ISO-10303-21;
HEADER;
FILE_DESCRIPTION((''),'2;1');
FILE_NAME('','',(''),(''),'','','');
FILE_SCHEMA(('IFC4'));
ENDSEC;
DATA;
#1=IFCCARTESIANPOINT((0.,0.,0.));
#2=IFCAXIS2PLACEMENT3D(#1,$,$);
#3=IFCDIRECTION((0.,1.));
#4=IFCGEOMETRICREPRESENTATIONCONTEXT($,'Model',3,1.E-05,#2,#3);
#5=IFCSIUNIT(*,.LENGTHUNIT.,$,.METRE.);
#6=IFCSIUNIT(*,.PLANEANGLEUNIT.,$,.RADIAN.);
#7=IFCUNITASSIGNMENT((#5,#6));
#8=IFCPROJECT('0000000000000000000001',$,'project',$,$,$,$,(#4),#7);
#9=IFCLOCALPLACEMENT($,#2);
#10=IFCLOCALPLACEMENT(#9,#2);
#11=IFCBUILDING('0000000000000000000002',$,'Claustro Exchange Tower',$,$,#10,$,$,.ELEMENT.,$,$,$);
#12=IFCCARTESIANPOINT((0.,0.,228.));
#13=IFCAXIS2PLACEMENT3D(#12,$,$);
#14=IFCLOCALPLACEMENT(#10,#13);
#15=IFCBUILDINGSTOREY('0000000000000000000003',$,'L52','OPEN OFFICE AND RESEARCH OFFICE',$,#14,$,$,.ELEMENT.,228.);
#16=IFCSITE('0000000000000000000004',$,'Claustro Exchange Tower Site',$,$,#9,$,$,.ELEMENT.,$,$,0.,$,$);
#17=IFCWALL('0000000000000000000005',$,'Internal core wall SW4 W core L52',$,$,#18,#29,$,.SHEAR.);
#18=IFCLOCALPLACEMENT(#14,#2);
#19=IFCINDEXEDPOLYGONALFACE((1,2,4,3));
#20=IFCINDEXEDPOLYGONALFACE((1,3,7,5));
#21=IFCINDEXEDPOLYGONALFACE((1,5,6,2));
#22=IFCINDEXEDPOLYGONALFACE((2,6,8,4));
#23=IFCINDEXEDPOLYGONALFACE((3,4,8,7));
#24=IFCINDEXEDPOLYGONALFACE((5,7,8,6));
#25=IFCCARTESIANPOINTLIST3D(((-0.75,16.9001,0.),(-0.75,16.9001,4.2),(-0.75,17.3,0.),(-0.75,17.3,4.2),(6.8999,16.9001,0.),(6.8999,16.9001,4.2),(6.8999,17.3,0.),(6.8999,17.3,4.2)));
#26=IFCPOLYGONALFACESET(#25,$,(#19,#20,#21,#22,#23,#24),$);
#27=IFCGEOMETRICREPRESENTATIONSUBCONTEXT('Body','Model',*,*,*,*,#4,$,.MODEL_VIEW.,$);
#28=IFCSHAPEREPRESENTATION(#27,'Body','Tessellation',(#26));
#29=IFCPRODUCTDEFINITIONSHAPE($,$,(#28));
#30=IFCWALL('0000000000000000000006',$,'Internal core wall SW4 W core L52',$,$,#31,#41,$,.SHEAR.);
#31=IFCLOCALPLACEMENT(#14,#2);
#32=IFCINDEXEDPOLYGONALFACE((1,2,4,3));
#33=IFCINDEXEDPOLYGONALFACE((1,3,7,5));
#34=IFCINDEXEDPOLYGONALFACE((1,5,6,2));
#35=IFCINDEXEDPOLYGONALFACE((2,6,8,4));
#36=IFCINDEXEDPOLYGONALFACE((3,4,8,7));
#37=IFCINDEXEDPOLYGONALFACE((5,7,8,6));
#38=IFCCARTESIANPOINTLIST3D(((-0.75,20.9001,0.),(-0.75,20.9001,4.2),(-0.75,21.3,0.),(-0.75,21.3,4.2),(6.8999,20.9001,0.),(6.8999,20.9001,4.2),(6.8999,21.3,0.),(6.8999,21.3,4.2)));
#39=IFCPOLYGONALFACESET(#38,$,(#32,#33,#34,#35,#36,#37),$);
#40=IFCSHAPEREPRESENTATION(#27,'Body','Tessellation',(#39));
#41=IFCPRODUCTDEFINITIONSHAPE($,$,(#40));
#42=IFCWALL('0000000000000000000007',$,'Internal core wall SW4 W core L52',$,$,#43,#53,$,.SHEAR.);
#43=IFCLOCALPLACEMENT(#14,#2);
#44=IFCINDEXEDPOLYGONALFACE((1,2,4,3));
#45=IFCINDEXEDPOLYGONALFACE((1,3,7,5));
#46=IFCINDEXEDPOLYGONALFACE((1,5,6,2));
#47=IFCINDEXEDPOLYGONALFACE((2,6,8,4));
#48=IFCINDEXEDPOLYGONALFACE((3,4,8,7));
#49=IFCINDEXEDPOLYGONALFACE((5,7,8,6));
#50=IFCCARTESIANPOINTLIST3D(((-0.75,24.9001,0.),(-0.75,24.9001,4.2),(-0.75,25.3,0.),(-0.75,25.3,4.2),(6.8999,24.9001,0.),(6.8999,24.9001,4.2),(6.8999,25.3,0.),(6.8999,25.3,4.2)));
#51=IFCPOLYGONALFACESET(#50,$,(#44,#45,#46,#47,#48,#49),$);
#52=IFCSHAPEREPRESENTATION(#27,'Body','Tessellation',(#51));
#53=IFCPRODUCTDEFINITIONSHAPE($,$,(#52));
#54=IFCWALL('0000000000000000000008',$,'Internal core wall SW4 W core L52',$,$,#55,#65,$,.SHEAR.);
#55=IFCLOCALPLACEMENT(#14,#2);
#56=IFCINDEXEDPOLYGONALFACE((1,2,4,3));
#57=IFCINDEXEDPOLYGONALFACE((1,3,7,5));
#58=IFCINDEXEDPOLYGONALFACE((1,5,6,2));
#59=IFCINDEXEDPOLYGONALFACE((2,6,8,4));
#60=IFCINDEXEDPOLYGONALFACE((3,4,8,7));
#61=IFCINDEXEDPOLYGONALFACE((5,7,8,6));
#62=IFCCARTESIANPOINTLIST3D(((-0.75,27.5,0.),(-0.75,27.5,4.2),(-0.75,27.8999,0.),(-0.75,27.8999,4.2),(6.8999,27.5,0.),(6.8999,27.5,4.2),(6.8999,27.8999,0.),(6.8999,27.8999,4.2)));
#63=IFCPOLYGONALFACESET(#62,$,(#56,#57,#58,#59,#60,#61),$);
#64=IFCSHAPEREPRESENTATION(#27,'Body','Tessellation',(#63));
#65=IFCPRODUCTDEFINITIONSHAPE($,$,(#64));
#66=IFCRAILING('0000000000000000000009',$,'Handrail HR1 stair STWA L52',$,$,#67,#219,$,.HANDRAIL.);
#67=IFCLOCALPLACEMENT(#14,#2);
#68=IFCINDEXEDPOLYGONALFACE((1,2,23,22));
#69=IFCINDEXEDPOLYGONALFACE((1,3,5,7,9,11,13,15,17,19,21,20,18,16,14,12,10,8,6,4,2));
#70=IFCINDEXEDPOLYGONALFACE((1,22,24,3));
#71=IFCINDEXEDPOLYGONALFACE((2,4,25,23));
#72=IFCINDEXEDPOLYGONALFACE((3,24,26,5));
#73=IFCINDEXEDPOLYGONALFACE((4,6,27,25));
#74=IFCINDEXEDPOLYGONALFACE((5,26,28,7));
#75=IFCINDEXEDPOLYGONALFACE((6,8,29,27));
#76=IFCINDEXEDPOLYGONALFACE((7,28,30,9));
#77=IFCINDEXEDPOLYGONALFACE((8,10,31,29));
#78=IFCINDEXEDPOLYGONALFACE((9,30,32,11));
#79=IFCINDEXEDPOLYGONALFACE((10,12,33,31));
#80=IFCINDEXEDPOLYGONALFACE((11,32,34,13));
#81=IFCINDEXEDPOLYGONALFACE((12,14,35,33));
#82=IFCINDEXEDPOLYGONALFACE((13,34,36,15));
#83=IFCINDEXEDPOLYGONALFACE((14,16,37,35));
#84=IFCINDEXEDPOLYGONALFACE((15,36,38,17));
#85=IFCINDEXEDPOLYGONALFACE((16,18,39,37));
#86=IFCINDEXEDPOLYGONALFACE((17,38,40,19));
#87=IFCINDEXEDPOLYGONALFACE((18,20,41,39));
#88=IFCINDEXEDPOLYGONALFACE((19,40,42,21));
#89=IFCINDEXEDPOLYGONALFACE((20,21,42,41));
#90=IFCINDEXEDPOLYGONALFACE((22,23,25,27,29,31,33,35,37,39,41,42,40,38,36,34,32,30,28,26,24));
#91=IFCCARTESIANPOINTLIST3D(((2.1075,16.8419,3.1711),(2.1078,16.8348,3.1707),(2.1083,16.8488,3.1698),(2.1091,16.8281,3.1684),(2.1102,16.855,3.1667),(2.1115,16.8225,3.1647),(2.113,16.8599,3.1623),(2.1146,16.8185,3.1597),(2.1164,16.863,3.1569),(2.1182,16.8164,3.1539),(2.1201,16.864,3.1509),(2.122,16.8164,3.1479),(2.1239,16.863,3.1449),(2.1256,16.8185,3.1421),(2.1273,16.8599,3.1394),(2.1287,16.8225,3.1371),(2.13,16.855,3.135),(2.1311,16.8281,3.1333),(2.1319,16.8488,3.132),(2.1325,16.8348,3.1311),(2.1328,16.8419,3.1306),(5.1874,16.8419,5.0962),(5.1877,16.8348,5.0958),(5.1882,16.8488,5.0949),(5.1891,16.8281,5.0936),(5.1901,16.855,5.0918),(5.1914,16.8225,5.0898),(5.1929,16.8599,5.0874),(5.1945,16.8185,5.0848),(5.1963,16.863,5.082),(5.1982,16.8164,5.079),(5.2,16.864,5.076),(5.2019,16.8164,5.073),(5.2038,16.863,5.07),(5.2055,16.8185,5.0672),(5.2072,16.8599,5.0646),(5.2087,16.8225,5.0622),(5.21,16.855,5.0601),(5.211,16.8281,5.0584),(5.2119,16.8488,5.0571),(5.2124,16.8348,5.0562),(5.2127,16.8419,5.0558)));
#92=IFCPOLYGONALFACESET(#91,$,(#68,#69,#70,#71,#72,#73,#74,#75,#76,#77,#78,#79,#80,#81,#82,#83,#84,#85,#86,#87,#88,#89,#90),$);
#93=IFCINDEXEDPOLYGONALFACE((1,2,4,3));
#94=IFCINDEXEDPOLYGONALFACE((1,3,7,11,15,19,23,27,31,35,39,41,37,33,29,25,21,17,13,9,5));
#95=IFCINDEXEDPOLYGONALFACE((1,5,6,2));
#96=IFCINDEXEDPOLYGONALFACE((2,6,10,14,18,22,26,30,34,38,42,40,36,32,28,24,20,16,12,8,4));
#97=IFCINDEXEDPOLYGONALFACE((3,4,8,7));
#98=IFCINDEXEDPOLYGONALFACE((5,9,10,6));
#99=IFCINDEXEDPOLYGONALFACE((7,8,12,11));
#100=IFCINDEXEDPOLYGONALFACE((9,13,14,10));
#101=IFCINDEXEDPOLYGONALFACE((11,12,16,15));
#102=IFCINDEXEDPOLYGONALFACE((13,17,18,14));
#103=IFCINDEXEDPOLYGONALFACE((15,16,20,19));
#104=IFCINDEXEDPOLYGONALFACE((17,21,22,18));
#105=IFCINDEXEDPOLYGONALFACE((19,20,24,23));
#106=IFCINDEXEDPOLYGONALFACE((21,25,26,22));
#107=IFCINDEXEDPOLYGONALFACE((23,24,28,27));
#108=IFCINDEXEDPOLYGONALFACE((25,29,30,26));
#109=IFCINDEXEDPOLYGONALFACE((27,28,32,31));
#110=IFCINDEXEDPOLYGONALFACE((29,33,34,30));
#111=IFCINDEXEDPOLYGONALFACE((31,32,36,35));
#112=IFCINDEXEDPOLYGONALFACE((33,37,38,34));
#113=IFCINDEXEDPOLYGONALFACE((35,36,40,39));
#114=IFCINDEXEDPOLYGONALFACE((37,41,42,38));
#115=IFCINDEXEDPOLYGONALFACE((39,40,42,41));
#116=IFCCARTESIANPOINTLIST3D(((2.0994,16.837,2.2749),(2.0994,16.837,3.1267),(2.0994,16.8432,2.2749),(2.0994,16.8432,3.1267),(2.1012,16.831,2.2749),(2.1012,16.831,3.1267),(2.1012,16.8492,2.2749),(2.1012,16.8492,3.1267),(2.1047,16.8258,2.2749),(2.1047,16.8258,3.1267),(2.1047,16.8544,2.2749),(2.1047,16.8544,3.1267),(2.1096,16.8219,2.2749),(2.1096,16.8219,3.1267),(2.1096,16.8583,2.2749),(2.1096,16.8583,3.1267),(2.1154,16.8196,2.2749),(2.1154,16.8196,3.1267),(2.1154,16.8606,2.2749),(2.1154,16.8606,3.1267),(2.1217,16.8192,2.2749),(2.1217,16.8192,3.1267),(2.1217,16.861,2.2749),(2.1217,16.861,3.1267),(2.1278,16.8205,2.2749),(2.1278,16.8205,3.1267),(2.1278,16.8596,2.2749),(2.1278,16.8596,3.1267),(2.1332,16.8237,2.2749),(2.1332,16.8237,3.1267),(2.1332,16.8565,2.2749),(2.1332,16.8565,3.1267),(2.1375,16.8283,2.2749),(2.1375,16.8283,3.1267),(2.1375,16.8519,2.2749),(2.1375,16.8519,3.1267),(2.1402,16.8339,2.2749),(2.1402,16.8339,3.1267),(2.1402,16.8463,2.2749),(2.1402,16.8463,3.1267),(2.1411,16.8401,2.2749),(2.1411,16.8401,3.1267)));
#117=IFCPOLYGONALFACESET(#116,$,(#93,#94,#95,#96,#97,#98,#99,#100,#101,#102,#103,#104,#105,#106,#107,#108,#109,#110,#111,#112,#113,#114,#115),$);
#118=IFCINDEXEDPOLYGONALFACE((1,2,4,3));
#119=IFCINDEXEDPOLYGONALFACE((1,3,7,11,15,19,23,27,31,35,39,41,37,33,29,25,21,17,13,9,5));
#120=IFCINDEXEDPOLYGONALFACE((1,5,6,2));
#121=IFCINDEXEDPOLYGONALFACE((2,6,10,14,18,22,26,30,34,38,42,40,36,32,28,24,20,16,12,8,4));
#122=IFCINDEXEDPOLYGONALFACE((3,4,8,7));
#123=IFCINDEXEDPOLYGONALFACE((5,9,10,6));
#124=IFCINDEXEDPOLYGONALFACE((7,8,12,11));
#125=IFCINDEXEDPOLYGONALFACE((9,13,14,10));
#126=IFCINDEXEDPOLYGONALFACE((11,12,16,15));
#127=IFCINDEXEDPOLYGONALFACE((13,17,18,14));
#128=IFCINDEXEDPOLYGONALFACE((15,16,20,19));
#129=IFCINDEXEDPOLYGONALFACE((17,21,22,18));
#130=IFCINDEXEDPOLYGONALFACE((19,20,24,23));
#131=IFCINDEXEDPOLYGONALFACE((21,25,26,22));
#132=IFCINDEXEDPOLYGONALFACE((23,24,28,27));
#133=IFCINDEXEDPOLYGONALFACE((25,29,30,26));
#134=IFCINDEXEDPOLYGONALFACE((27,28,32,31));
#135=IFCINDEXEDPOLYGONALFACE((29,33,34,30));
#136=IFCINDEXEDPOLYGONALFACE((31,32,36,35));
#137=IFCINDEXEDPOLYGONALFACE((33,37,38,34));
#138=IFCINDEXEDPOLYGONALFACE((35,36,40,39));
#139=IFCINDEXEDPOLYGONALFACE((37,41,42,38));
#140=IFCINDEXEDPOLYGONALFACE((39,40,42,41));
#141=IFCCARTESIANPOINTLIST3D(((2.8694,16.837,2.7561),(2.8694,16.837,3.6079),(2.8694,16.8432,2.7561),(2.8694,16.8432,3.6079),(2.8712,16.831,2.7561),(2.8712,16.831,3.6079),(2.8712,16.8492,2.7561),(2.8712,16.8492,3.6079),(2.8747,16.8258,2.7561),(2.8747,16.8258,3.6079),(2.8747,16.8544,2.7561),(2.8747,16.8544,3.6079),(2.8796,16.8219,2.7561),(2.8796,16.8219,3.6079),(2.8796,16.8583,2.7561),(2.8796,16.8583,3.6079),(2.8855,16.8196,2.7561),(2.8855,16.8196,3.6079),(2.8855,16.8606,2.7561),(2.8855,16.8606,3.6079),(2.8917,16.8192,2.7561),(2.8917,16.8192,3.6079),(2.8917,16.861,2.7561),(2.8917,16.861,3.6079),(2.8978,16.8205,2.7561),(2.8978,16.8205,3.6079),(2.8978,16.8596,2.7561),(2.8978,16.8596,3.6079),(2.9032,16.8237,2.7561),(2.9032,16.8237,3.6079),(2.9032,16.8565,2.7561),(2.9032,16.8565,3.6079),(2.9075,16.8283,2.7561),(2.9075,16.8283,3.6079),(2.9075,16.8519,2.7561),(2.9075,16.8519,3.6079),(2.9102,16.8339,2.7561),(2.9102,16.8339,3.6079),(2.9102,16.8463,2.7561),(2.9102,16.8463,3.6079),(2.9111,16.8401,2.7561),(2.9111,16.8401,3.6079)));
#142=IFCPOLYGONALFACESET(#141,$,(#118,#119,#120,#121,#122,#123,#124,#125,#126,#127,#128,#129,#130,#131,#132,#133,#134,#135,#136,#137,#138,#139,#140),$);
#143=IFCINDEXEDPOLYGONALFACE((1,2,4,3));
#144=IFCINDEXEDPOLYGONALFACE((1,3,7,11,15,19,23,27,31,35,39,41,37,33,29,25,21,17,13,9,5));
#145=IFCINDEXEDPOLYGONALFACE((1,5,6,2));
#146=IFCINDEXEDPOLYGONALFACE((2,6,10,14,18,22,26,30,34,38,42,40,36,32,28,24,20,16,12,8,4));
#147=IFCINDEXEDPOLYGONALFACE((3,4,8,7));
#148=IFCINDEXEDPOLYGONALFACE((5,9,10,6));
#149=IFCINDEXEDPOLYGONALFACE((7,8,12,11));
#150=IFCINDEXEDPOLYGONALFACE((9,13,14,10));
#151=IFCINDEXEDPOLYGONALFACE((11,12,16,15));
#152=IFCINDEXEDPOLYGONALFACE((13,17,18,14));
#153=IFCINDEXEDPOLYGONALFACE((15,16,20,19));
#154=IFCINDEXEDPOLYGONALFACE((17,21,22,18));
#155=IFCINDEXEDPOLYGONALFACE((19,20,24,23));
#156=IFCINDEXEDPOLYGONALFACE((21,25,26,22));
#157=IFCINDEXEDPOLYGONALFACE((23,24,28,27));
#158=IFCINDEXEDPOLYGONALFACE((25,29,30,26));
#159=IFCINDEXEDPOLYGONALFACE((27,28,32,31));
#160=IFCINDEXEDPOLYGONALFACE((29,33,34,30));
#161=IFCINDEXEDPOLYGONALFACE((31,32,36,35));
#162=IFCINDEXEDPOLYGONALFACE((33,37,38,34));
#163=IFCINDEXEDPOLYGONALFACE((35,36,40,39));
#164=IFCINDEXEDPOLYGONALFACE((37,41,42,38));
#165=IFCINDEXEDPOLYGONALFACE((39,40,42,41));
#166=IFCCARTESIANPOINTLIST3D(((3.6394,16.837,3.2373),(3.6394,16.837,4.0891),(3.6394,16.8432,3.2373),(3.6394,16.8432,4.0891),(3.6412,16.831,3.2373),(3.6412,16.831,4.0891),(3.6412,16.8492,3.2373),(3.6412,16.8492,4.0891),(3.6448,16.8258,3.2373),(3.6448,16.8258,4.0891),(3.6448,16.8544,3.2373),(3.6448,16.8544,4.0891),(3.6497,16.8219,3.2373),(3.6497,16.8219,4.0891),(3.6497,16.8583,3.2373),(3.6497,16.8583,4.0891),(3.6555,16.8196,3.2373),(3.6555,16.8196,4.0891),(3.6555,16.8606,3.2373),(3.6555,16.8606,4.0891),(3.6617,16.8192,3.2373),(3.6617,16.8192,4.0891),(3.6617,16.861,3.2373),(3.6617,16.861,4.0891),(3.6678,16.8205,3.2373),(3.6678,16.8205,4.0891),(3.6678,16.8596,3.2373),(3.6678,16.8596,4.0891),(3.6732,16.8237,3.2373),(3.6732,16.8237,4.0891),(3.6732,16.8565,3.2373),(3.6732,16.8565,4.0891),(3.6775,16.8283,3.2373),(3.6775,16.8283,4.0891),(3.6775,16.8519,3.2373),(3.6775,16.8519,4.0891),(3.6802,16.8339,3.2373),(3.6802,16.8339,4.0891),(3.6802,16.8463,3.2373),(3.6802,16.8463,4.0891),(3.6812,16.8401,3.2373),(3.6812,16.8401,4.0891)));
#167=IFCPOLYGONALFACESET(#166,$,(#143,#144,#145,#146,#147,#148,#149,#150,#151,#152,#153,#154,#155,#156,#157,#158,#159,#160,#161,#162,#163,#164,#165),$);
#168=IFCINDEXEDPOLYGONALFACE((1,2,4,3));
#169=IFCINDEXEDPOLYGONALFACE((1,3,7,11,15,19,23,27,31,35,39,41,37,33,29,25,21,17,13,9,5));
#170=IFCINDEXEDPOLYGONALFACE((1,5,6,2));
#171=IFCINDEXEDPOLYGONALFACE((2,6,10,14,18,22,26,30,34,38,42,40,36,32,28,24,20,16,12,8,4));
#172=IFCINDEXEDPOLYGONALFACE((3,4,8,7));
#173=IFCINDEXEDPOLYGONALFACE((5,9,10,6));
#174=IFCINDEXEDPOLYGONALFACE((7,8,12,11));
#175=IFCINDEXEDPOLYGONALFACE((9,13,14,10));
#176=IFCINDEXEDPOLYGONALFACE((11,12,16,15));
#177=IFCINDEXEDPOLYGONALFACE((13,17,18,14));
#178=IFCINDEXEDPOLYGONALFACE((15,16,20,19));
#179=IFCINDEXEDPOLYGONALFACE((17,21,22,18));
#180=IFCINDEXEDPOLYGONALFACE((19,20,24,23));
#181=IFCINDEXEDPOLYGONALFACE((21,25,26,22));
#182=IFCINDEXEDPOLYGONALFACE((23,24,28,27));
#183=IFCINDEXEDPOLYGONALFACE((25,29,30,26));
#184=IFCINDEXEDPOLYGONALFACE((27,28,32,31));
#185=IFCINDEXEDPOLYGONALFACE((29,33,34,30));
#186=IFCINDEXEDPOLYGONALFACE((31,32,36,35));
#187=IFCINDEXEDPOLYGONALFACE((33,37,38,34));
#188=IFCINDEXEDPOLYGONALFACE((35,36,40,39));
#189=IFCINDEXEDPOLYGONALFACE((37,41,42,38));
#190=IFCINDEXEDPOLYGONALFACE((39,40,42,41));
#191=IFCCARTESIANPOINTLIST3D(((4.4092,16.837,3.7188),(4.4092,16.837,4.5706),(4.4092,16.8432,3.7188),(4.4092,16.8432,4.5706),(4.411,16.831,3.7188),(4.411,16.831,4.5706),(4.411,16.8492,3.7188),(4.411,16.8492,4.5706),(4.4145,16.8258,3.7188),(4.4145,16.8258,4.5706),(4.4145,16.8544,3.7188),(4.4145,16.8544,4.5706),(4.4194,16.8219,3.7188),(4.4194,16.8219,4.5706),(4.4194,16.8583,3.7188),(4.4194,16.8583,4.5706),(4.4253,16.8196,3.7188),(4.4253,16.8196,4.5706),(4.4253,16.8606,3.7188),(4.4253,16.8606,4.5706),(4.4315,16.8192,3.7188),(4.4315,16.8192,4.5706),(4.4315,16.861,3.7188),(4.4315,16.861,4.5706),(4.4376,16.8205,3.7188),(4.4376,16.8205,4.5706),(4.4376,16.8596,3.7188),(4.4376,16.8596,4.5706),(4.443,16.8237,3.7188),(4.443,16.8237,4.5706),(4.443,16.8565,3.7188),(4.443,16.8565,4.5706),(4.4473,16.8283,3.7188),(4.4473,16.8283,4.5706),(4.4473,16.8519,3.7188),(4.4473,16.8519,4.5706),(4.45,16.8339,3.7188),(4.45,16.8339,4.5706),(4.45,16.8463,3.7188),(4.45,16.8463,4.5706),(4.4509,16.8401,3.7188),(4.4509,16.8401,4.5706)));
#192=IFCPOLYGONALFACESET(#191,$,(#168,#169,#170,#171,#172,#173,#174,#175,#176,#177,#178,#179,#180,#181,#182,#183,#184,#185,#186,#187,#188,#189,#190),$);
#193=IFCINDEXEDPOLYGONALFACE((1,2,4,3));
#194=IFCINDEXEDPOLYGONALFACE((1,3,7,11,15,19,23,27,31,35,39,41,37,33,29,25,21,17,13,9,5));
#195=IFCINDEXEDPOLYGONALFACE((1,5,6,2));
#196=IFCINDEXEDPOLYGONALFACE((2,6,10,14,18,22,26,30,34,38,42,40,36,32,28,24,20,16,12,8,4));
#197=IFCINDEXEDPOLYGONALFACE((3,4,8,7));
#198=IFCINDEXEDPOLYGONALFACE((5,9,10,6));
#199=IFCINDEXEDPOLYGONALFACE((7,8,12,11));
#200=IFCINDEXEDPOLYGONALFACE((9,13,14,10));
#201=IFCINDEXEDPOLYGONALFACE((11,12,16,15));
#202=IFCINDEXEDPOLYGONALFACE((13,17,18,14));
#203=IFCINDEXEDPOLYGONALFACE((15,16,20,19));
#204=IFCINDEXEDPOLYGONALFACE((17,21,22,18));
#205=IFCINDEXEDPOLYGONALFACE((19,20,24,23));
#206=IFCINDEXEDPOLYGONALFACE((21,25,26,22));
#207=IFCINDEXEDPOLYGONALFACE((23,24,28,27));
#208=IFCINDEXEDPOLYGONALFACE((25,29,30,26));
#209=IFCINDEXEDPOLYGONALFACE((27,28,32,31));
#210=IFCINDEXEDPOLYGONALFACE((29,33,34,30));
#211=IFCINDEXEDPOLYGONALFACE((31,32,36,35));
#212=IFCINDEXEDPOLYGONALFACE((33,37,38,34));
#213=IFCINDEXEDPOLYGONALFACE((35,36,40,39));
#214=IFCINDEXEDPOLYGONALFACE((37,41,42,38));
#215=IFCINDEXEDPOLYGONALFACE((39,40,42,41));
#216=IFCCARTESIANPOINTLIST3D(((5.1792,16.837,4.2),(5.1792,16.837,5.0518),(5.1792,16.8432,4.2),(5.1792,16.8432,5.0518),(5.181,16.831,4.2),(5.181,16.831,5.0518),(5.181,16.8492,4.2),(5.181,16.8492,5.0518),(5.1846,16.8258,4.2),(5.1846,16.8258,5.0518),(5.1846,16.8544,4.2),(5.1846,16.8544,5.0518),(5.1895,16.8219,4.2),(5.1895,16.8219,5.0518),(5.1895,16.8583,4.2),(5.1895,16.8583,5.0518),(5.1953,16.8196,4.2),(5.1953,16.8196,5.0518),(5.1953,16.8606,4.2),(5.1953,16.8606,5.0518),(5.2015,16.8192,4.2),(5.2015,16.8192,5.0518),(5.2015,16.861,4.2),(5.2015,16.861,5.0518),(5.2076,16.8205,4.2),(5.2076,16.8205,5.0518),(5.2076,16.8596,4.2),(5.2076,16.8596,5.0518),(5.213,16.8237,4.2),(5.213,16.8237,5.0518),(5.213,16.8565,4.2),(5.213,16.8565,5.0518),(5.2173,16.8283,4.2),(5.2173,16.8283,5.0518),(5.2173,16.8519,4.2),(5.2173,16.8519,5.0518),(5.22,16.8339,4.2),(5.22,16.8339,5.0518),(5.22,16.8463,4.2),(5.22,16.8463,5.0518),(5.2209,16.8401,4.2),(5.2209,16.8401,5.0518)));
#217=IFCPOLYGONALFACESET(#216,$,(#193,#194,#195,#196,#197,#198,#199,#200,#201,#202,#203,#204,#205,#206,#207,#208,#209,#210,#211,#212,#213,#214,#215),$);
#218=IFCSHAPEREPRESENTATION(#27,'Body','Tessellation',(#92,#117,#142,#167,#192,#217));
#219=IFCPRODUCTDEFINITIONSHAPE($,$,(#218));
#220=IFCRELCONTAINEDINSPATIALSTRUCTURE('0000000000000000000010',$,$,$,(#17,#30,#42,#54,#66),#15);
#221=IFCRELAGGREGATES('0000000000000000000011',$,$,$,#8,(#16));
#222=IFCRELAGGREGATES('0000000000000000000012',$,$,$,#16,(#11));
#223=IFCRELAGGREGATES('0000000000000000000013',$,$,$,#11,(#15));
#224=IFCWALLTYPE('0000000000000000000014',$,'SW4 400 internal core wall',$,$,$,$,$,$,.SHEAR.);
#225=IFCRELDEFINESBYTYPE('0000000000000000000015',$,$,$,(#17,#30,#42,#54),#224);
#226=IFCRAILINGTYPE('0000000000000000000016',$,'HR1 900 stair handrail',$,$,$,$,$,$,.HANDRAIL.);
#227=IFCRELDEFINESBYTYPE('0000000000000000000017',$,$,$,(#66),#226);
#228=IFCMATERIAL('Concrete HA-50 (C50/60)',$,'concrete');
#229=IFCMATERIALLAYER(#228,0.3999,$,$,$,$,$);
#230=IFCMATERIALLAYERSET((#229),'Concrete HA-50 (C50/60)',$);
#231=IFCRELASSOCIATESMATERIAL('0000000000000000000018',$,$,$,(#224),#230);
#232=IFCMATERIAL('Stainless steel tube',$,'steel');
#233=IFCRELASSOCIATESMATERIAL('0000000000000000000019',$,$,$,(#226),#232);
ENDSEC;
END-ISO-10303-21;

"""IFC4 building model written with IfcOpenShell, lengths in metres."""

from ifc_helpers import new_model, si_unit, direction, frame, frame_2d, origin, origin_2d, place, context, subcontext, project, spatial, rectangle, circle, extrude, material, layer, layer_set, type_object, element, save


model = new_model("IFC4")

# Units and contexts
model_context = context("Model", 3, precision=1e-05, world=origin(), true_north=direction((0.0, 1.0)))
body_context = subcontext(model_context, "Body", "Model", "MODEL_VIEW")
ifc_project = project(units=[si_unit("LENGTHUNIT", "METRE"), si_unit("PLANEANGLEUNIT", "RADIAN")], contexts=[model_context])

# Site, building, storey
site_placement = place(None, origin())
site = spatial("IfcSite", under=ifc_project, at=site_placement, Name="Claustro Exchange Tower Site", CompositionType="ELEMENT", RefElevation=0.0)
building_placement = place(site_placement, origin())
building = spatial("IfcBuilding", under=site, at=building_placement, Name="Claustro Exchange Tower", CompositionType="ELEMENT")
storey_placement = place(building_placement, frame((0.0, 0.0, 228.0)))
storey = spatial("IfcBuildingStorey", under=building, at=storey_placement, Name="L52", Description="OPEN OFFICE AND RESEARCH OFFICE", CompositionType="ELEMENT", Elevation=228.0)

# Walls
ifc_material_1 = material(Name="Concrete HA-50 (C50/60)", Category="concrete")
ifc_layer_1 = layer(ifc_material_1, 0.3999)
ifc_layer_set_1 = layer_set([ifc_layer_1], Name="Concrete HA-50 (C50/60)")
wall_type_1 = type_object("IfcWallType", Name="SW4 400 internal core wall", PredefinedType="SHEAR", material=ifc_layer_set_1)
for number, where, z_axis, x_axis, name in (
    (1, (-0.75, 17.1001, 0.0), (0.0, 0.0, 1.0), (1.0, 0.0, 0.0), "Internal core wall SW4 W core L52"),
    (2, (-0.75, 21.1001, 0.0), (0.0, 0.0, 1.0), (1.0, 0.0, 0.0), "Internal core wall SW4 W core L52"),
    (3, (-0.75, 25.1001, 0.0), (0.0, 0.0, 1.0), (1.0, 0.0, 0.0), "Internal core wall SW4 W core L52"),
    (4, (-0.75, 27.7, 0.0), (0.0, 0.0, 1.0), (1.0, 0.0, 0.0), "Internal core wall SW4 W core L52"),
):
    element("IfcWall", number, at=place(storey_placement, frame(where, z_axis=z_axis, x_axis=x_axis)), inside=storey, type_object=wall_type_1, Name=name, PredefinedType="SHEAR", context=body_context, shape_type="SweptSolid", body=[
        extrude(rectangle(XDim=7.6499, YDim=0.3999, at=frame_2d((3.825, 0.0))), origin(), (0.0, 0.0, 1.0), 4.2),
    ])

# Railing
ifc_material_2 = material(Name="Stainless steel tube", Category="steel")
railing_type = type_object("IfcRailingType", Name="HR1 900 stair handrail", PredefinedType="HANDRAIL", material=ifc_material_2)
railing_placement = place(storey_placement, frame((2.1201, 16.8401, 2.2749)))
element("IfcRailing", 5, at=railing_placement, inside=storey, type_object=railing_type, Name="Handrail HR1 stair STWA L52", PredefinedType="HANDRAIL", context=body_context, shape_type="SweptSolid", body=[
    extrude(circle(Radius=0.0239, at=origin_2d()), frame((0.0, 0.0, 0.876), z_axis=(0.847979, 0.0, 0.530029), x_axis=(0.0, 1.0, 0.0)), (0.0, 0.0, 1.0), 3.6321),
    extrude(circle(Radius=0.021, at=origin_2d()), origin(), (0.0, 0.0, 1.0), 0.8518),
    extrude(circle(Radius=0.021, at=origin_2d()), frame((0.77, 0.0, 0.4812)), (0.0, 0.0, 1.0), 0.8518),
    extrude(circle(Radius=0.021, at=origin_2d()), frame((1.54, 0.0, 0.9624)), (0.0, 0.0, 1.0), 0.8518),
    extrude(circle(Radius=0.021, at=origin_2d()), frame((2.3098, 0.0, 1.4438)), (0.0, 0.0, 1.0), 0.8518),
    extrude(circle(Radius=0.021, at=origin_2d()), frame((3.0798, 0.0, 1.925)), (0.0, 0.0, 1.0), 0.8518),
])

save(model, "model.ifc")
